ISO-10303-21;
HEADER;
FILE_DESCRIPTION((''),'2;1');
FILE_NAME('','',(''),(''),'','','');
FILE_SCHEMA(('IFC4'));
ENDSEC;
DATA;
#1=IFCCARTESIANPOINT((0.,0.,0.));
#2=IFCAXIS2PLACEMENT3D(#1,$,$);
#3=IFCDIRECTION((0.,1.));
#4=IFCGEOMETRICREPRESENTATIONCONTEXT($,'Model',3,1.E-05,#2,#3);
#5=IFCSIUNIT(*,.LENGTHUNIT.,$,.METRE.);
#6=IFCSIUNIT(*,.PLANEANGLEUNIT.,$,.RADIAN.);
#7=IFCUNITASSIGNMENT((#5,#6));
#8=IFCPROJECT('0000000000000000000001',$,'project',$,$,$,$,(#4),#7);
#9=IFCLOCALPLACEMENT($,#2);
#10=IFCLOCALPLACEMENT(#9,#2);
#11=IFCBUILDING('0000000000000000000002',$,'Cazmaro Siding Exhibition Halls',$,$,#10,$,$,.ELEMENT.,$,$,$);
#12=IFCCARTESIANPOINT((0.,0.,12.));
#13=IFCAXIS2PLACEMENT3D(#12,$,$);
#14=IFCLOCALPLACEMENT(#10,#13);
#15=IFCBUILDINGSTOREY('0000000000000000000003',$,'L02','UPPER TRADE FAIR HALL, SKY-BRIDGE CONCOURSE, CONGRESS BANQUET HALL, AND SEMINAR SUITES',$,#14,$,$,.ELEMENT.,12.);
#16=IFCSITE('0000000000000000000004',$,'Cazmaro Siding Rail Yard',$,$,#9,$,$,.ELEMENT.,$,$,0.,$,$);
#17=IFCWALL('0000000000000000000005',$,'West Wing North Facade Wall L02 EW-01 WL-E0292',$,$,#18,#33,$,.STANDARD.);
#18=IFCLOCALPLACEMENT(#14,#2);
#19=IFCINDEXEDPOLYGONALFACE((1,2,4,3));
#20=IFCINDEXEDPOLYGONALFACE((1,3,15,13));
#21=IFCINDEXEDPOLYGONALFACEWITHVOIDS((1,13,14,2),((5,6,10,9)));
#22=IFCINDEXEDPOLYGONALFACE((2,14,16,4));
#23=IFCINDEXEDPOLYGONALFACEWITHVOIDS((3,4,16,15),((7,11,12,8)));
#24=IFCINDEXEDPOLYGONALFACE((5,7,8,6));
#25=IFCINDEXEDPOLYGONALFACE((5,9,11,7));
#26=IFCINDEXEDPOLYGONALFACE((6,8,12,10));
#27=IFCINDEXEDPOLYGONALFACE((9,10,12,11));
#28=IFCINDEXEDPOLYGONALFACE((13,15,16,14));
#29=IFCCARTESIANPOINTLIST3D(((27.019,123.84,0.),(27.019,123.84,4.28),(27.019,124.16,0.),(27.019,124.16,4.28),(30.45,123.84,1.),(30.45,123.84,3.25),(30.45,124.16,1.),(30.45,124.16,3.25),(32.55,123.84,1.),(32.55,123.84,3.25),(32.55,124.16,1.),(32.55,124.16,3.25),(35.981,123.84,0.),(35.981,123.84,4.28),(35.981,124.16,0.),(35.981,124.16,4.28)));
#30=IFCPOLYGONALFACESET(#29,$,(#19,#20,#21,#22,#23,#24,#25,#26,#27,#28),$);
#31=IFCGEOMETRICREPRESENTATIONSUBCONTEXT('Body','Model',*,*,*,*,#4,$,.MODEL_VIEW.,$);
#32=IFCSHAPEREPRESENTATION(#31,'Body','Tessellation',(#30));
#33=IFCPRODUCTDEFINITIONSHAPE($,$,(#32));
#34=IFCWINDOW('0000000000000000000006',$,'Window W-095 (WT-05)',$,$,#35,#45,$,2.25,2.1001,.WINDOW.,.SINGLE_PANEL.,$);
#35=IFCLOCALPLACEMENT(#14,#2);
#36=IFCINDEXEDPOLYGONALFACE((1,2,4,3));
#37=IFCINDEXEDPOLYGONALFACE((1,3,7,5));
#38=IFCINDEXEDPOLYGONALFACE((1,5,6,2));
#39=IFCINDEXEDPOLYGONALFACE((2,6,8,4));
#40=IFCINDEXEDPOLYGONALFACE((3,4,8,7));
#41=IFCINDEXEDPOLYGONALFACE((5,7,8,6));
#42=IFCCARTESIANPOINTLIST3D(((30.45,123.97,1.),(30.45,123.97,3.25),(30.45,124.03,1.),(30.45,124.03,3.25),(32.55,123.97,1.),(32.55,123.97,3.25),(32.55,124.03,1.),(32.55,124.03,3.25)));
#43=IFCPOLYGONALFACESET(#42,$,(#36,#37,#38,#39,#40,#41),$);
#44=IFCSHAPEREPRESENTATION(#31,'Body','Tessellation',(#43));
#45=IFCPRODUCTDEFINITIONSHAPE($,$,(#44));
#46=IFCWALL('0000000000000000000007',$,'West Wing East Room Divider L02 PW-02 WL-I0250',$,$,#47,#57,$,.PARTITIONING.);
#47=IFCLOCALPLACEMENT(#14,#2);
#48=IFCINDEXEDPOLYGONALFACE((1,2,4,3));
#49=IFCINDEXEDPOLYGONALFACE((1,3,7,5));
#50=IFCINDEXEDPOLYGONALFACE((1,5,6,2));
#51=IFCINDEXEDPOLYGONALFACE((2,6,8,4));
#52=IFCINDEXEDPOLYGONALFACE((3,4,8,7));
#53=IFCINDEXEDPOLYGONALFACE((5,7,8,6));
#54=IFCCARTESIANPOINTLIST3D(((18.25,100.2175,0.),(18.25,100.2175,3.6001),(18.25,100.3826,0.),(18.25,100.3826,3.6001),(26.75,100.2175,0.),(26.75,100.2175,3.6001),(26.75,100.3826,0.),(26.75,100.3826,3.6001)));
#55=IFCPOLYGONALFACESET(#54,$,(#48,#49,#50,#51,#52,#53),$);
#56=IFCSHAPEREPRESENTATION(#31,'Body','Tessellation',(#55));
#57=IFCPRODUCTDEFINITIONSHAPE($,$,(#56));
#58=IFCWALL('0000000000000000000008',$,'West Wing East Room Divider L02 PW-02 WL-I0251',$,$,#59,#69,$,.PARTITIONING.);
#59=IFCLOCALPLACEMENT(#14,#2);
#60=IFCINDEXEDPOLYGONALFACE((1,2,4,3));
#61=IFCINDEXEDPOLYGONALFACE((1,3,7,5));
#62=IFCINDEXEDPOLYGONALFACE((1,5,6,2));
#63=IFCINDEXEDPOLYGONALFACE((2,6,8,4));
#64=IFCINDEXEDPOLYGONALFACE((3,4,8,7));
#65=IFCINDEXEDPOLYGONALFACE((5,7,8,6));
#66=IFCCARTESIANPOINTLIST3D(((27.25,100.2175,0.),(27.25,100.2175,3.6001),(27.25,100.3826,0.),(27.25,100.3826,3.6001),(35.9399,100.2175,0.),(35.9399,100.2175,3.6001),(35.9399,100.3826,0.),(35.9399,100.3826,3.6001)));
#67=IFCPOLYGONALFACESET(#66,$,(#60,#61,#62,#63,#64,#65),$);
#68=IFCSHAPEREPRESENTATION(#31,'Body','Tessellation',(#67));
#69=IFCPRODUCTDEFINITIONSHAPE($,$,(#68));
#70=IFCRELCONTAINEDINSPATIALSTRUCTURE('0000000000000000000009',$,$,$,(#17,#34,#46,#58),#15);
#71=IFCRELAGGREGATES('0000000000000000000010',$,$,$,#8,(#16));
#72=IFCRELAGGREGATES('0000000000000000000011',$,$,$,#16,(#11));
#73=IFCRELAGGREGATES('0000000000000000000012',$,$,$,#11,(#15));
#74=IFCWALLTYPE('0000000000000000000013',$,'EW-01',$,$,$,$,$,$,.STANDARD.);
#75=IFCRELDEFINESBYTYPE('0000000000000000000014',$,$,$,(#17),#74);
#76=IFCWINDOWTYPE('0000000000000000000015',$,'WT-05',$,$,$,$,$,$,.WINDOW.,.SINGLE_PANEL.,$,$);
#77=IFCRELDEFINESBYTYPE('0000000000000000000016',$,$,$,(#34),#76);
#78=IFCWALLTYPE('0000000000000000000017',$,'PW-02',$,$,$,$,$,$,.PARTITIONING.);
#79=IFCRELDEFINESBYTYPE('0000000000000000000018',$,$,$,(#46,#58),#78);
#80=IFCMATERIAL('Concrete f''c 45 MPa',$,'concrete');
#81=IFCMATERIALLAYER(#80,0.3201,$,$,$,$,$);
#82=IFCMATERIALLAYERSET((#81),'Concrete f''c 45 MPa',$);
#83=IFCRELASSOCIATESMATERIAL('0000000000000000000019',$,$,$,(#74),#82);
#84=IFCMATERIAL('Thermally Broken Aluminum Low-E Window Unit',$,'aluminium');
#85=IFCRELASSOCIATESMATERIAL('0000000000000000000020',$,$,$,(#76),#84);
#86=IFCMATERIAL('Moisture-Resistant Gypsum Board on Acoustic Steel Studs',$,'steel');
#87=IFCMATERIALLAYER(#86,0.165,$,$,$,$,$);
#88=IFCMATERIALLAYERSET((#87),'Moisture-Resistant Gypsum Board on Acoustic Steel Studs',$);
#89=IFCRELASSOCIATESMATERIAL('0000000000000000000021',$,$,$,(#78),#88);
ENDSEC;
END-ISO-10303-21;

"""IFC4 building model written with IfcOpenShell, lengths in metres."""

from ifc_helpers import new_model, si_unit, direction, frame, frame_2d, origin, place, context, subcontext, project, spatial, rectangle, extrude, material, layer, layer_set, type_object, element, fill, save


model = new_model("IFC4")

# Units and contexts
model_context = context("Model", 3, precision=1e-05, world=origin(), true_north=direction((0.0, 1.0)))
body_context = subcontext(model_context, "Body", "Model", "MODEL_VIEW")
ifc_project = project(units=[si_unit("LENGTHUNIT", "METRE"), si_unit("PLANEANGLEUNIT", "RADIAN")], contexts=[model_context])

# Site, building, storey
site_placement = place(None, origin())
site = spatial("IfcSite", under=ifc_project, at=site_placement, Name="Cazmaro Siding Rail Yard", CompositionType="ELEMENT", RefElevation=0.0)
building_placement = place(site_placement, origin())
building = spatial("IfcBuilding", under=site, at=building_placement, Name="Cazmaro Siding Exhibition Halls", CompositionType="ELEMENT")
storey_placement = place(building_placement, frame((0.0, 0.0, 12.0)))
storey = spatial("IfcBuildingStorey", under=building, at=storey_placement, Name="L02", Description="UPPER TRADE FAIR HALL, SKY-BRIDGE CONCOURSE, CONGRESS BANQUET HALL, AND SEMINAR SUITES", CompositionType="ELEMENT", Elevation=12.0)

# Wall, opening, window
ifc_material_1 = material(Name="Concrete f'c 45 MPa", Category="concrete")
ifc_layer_1 = layer(ifc_material_1, 0.3201)
ifc_layer_set_1 = layer_set([ifc_layer_1], Name="Concrete f'c 45 MPa")
wall_type_1 = type_object("IfcWallType", Name="EW-01", PredefinedType="STANDARD", material=ifc_layer_set_1)
ifc_material_2 = material(Name="Thermally Broken Aluminum Low-E Window Unit", Category="aluminium")
window_type = type_object("IfcWindowType", Name="WT-05", PartitioningType="SINGLE_PANEL", PredefinedType="WINDOW", material=ifc_material_2)
wall_1_placement = place(storey_placement, frame((27.019, 124.0, 0.0), z_axis=(0.0, 0.0, 1.0), x_axis=(1.0, 0.0, 0.0)))
wall_1 = element("IfcWall", 1, at=wall_1_placement, inside=storey, type_object=wall_type_1, Name="West Wing North Facade Wall L02 EW-01 WL-E0292", PredefinedType="STANDARD", context=body_context, shape_type="SweptSolid", body=[
    extrude(rectangle(XDim=8.9619, YDim=0.3201, at=frame_2d((4.481, 0.0))), origin(), (0.0, 0.0, 1.0), 4.28),
])
opening_1_placement = place(wall_1_placement, frame((3.4309, 0.0, 1.0)))
opening_1 = element("IfcOpeningElement", 2, at=opening_1_placement, cuts=wall_1, PredefinedType="OPENING", context=body_context, shape_type="SweptSolid", body=[
    extrude(rectangle(XDim=2.1001, YDim=2.25, at=frame_2d((1.05, 1.125))), frame((0.0, 0.1699, 0.0), z_axis=(0.0, -1.0, 0.0), x_axis=(1.0, 0.0, 0.0)), (0.0, 0.0, 1.0), 0.3401),
])
window_1_placement = place(opening_1_placement, origin())
window_1 = element("IfcWindow", 3, at=window_1_placement, inside=storey, type_object=window_type, Name="Window W-095 (WT-05)", OverallHeight=2.25, OverallWidth=2.1001, PartitioningType="SINGLE_PANEL", PredefinedType="WINDOW", context=body_context, shape_type="SweptSolid", body=[
    extrude(rectangle(XDim=2.1001, YDim=2.25, at=frame_2d((1.05, 1.125))), frame((0.0, 0.03, 0.0), z_axis=(0.0, -1.0, 0.0), x_axis=(1.0, 0.0, 0.0)), (0.0, 0.0, 1.0), 0.0601),
])
fill(opening_1, window_1)

# Walls
ifc_material_3 = material(Name="Moisture-Resistant Gypsum Board on Acoustic Steel Studs", Category="steel")
ifc_layer_2 = layer(ifc_material_3, 0.165)
ifc_layer_set_2 = layer_set([ifc_layer_2], Name="Moisture-Resistant Gypsum Board on Acoustic Steel Studs")
wall_type_2 = type_object("IfcWallType", Name="PW-02", PredefinedType="PARTITIONING", material=ifc_layer_set_2)
wall_2_placement = place(storey_placement, frame((18.25, 100.3, 0.0), z_axis=(0.0, 0.0, 1.0), x_axis=(1.0, 0.0, 0.0)))
element("IfcWall", 4, at=wall_2_placement, inside=storey, type_object=wall_type_2, Name="West Wing East Room Divider L02 PW-02 WL-I0250", PredefinedType="PARTITIONING", context=body_context, shape_type="SweptSolid", body=[
    extrude(rectangle(XDim=8.5, YDim=0.165, at=frame_2d((4.25, 0.0))), origin(), (0.0, 0.0, 1.0), 3.6001),
])
wall_3_placement = place(storey_placement, frame((27.25, 100.3, 0.0), z_axis=(0.0, 0.0, 1.0), x_axis=(1.0, 0.0, 0.0)))
element("IfcWall", 5, at=wall_3_placement, inside=storey, type_object=wall_type_2, Name="West Wing East Room Divider L02 PW-02 WL-I0251", PredefinedType="PARTITIONING", context=body_context, shape_type="SweptSolid", body=[
    extrude(rectangle(XDim=8.6899, YDim=0.165, at=frame_2d((4.345, 0.0))), origin(), (0.0, 0.0, 1.0), 3.6001),
])

save(model, "model.ifc")
